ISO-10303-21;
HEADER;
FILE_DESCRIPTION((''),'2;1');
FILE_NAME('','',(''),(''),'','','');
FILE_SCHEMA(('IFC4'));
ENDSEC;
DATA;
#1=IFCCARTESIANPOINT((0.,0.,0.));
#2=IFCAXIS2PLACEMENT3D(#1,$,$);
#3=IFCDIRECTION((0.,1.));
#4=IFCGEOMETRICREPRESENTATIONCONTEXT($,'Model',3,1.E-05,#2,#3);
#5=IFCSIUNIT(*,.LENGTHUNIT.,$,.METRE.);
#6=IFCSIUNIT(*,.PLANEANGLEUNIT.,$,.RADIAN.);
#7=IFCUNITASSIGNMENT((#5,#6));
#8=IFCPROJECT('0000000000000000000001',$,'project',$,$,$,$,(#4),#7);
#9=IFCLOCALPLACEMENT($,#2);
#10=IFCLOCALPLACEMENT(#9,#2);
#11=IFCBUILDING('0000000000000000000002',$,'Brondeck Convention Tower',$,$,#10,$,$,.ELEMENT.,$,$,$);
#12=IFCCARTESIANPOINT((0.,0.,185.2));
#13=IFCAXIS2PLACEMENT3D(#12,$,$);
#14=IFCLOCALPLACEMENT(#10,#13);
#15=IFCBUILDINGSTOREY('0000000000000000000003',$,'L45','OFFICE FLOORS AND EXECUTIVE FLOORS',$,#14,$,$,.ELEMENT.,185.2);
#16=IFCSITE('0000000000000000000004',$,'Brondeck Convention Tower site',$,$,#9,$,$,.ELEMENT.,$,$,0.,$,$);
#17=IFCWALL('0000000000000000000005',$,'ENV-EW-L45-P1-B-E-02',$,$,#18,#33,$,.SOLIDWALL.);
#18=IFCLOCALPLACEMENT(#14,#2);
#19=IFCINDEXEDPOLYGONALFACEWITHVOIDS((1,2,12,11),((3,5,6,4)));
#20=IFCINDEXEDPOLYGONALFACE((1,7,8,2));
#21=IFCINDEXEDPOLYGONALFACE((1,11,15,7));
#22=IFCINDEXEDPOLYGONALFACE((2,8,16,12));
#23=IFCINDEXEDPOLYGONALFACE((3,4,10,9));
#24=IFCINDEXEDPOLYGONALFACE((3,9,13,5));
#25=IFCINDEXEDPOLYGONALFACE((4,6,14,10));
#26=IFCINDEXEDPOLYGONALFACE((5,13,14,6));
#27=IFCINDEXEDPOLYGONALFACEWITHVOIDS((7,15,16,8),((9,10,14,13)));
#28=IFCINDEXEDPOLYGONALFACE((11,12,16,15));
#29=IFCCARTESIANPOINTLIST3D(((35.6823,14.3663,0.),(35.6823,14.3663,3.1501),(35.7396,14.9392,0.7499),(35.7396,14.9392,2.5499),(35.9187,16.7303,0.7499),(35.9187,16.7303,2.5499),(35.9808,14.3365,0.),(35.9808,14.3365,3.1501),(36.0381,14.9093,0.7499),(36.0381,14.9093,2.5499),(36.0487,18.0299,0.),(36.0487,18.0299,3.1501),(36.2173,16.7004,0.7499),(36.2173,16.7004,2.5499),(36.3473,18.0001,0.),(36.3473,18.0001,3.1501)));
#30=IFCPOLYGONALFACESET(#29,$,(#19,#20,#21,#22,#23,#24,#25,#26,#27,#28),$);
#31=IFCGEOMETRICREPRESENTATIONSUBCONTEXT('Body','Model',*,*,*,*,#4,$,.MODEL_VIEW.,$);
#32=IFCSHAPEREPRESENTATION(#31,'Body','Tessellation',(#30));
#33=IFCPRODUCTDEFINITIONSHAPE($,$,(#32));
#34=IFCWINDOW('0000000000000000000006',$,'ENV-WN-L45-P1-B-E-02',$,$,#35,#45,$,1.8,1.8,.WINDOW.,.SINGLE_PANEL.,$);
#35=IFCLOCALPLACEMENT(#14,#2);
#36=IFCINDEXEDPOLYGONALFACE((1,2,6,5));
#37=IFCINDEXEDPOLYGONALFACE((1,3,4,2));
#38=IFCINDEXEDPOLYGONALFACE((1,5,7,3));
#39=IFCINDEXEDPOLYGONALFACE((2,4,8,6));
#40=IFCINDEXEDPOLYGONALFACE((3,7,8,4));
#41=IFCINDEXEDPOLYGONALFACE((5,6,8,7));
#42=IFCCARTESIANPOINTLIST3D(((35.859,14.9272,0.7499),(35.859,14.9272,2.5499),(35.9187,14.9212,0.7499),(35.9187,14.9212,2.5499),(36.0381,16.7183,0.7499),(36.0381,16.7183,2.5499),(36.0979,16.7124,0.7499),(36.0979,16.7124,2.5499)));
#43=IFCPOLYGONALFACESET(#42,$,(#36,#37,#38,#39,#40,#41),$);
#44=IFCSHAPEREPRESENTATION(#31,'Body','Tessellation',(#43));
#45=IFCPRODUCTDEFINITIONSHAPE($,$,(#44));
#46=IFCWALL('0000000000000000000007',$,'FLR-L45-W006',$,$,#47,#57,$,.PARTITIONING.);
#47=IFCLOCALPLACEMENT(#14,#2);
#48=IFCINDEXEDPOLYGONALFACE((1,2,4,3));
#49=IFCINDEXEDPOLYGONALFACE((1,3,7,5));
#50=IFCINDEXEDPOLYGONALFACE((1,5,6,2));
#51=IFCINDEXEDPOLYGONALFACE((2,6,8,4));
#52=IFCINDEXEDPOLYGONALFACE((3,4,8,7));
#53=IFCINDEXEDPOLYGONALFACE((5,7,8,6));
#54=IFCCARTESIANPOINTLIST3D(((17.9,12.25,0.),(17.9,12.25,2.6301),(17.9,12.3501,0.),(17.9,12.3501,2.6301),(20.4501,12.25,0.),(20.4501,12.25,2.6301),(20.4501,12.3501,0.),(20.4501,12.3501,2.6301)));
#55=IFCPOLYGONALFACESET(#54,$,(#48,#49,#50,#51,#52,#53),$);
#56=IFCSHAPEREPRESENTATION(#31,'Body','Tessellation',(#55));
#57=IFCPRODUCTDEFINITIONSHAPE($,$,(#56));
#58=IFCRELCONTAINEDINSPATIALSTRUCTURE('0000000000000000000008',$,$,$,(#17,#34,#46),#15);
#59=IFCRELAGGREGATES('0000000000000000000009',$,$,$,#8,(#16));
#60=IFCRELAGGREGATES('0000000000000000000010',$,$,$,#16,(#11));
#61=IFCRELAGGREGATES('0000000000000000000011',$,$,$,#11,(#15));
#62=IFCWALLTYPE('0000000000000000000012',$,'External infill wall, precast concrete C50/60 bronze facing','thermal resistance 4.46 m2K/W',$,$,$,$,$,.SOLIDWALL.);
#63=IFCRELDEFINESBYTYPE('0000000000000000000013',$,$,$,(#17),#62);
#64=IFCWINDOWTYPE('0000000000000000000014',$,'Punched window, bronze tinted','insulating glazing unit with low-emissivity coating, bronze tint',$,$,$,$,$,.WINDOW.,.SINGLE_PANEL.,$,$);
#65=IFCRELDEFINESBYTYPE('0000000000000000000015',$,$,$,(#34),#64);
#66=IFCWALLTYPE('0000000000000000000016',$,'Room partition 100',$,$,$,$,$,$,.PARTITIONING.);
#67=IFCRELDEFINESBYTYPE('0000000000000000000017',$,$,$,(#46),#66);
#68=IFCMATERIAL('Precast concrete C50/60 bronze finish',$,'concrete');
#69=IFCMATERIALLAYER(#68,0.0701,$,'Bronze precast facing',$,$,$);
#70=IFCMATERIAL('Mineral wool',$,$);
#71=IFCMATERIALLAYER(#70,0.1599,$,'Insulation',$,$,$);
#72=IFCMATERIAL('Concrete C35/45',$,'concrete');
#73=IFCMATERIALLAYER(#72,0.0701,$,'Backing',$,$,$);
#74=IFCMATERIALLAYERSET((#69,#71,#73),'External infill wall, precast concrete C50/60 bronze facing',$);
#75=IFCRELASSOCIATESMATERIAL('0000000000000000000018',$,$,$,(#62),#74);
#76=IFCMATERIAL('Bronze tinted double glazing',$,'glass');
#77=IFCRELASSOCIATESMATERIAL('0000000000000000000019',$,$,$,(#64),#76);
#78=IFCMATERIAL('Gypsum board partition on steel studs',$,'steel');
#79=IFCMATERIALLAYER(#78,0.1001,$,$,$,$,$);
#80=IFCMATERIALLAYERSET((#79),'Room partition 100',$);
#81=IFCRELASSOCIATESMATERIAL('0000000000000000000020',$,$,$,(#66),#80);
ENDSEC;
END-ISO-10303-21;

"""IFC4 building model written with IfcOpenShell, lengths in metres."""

from ifc_helpers import new_model, si_unit, direction, frame, frame_2d, origin, place, context, subcontext, project, spatial, rectangle, extrude, material, layer, layer_set, type_object, element, fill, save


model = new_model("IFC4")

# Units and contexts
model_context = context("Model", 3, precision=1e-05, world=origin(), true_north=direction((0.0, 1.0)))
body_context = subcontext(model_context, "Body", "Model", "MODEL_VIEW")
ifc_project = project(units=[si_unit("LENGTHUNIT", "METRE"), si_unit("PLANEANGLEUNIT", "RADIAN")], contexts=[model_context])

# Site, building, storey
site_placement = place(None, origin())
site = spatial("IfcSite", under=ifc_project, at=site_placement, Name="Brondeck Convention Tower site", CompositionType="ELEMENT", RefElevation=0.0)
building_placement = place(site_placement, origin())
building = spatial("IfcBuilding", under=site, at=building_placement, Name="Brondeck Convention Tower", CompositionType="ELEMENT")
storey_placement = place(building_placement, frame((0.0, 0.0, 185.2)))
storey = spatial("IfcBuildingStorey", under=building, at=storey_placement, Name="L45", Description="OFFICE FLOORS AND EXECUTIVE FLOORS", CompositionType="ELEMENT", Elevation=185.2)

# Shared definitions
ifc_material_1 = material(Name="Precast concrete C50/60 bronze finish", Category="concrete")
ifc_layer_1 = layer(ifc_material_1, 0.0701, Name="Bronze precast facing")
ifc_material_2 = material(Name="Mineral wool")
ifc_layer_2 = layer(ifc_material_2, 0.1599, Name="Insulation")
ifc_material_3 = material(Name="Concrete C35/45", Category="concrete")
ifc_layer_3 = layer(ifc_material_3, 0.0701, Name="Backing")
ifc_layer_set_1 = layer_set([ifc_layer_1, ifc_layer_2, ifc_layer_3], Name="External infill wall, precast concrete C50/60 bronze facing")
wall_type_1 = type_object("IfcWallType", Name="External infill wall, precast concrete C50/60 bronze facing", Description="thermal resistance 4.46 m2K/W", PredefinedType="SOLIDWALL", material=ifc_layer_set_1)
ifc_material_4 = material(Name="Bronze tinted double glazing", Category="glass")
window_type_1 = type_object("IfcWindowType", Name="Punched window, bronze tinted", Description="insulating glazing unit with low-emissivity coating, bronze tint", PartitioningType="SINGLE_PANEL", PredefinedType="WINDOW", material=ifc_material_4)

# Wall, opening, window
wall_1_placement = place(storey_placement, frame((36.198, 18.0149, 0.0), z_axis=(0.0, 0.0, 1.0), x_axis=(-0.09953, -0.995035, 0.0)))
wall_1 = element("IfcWall", 1, at=wall_1_placement, inside=storey, type_object=wall_type_1, Name="ENV-EW-L45-P1-B-E-02", PredefinedType="SOLIDWALL", context=body_context, shape_type="SweptSolid", body=[
    extrude(rectangle(XDim=3.6819, YDim=0.3, at=frame_2d((1.8408, 0.0))), origin(), (0.0, 0.0, 1.0), 3.1501),
])
opening_1_placement = place(wall_1_placement, frame((1.3062, 0.0, 0.75)))
opening_1 = element("IfcOpeningElement", 2, at=opening_1_placement, cuts=wall_1, PredefinedType="OPENING", context=body_context, shape_type="SweptSolid", body=[
    extrude(rectangle(XDim=1.8, YDim=1.8, at=frame_2d((0.8999, 0.8999))), frame((0.0, 0.1599, 0.0), z_axis=(0.0, -1.0, 0.0), x_axis=(1.0, 0.0, 0.0)), (0.0, 0.0, 1.0), 0.3201),
])
window_1_placement = place(opening_1_placement, origin())
window_1 = element("IfcWindow", 3, at=window_1_placement, inside=storey, type_object=window_type_1, Name="ENV-WN-L45-P1-B-E-02", OverallHeight=1.8, OverallWidth=1.8, PartitioningType="SINGLE_PANEL", PredefinedType="WINDOW", context=body_context, shape_type="SweptSolid", body=[
    extrude(rectangle(XDim=1.8, YDim=1.8, at=frame_2d((0.8999, 0.8999))), frame((0.0, 0.03, 0.0), z_axis=(0.0, -1.0, 0.0), x_axis=(1.0, 0.0, 0.0)), (0.0, 0.0, 1.0), 0.0601),
])
fill(opening_1, window_1)

# Wall
ifc_material_5 = material(Name="Gypsum board partition on steel studs", Category="steel")
ifc_layer_4 = layer(ifc_material_5, 0.1001)
ifc_layer_set_2 = layer_set([ifc_layer_4], Name="Room partition 100")
wall_type_2 = type_object("IfcWallType", Name="Room partition 100", PredefinedType="PARTITIONING", material=ifc_layer_set_2)
wall_2_placement = place(storey_placement, frame((20.45, 12.3, 0.0), z_axis=(0.0, 0.0, 1.0), x_axis=(-1.0, 0.0, 0.0)))
element("IfcWall", 4, at=wall_2_placement, inside=storey, type_object=wall_type_2, Name="FLR-L45-W006", PredefinedType="PARTITIONING", context=body_context, shape_type="SweptSolid", body=[
    extrude(rectangle(XDim=2.55, YDim=0.1001, at=frame_2d((1.2749, 0.0))), origin(), (0.0, 0.0, 1.0), 2.6301),
])

save(model, "model.ifc")
